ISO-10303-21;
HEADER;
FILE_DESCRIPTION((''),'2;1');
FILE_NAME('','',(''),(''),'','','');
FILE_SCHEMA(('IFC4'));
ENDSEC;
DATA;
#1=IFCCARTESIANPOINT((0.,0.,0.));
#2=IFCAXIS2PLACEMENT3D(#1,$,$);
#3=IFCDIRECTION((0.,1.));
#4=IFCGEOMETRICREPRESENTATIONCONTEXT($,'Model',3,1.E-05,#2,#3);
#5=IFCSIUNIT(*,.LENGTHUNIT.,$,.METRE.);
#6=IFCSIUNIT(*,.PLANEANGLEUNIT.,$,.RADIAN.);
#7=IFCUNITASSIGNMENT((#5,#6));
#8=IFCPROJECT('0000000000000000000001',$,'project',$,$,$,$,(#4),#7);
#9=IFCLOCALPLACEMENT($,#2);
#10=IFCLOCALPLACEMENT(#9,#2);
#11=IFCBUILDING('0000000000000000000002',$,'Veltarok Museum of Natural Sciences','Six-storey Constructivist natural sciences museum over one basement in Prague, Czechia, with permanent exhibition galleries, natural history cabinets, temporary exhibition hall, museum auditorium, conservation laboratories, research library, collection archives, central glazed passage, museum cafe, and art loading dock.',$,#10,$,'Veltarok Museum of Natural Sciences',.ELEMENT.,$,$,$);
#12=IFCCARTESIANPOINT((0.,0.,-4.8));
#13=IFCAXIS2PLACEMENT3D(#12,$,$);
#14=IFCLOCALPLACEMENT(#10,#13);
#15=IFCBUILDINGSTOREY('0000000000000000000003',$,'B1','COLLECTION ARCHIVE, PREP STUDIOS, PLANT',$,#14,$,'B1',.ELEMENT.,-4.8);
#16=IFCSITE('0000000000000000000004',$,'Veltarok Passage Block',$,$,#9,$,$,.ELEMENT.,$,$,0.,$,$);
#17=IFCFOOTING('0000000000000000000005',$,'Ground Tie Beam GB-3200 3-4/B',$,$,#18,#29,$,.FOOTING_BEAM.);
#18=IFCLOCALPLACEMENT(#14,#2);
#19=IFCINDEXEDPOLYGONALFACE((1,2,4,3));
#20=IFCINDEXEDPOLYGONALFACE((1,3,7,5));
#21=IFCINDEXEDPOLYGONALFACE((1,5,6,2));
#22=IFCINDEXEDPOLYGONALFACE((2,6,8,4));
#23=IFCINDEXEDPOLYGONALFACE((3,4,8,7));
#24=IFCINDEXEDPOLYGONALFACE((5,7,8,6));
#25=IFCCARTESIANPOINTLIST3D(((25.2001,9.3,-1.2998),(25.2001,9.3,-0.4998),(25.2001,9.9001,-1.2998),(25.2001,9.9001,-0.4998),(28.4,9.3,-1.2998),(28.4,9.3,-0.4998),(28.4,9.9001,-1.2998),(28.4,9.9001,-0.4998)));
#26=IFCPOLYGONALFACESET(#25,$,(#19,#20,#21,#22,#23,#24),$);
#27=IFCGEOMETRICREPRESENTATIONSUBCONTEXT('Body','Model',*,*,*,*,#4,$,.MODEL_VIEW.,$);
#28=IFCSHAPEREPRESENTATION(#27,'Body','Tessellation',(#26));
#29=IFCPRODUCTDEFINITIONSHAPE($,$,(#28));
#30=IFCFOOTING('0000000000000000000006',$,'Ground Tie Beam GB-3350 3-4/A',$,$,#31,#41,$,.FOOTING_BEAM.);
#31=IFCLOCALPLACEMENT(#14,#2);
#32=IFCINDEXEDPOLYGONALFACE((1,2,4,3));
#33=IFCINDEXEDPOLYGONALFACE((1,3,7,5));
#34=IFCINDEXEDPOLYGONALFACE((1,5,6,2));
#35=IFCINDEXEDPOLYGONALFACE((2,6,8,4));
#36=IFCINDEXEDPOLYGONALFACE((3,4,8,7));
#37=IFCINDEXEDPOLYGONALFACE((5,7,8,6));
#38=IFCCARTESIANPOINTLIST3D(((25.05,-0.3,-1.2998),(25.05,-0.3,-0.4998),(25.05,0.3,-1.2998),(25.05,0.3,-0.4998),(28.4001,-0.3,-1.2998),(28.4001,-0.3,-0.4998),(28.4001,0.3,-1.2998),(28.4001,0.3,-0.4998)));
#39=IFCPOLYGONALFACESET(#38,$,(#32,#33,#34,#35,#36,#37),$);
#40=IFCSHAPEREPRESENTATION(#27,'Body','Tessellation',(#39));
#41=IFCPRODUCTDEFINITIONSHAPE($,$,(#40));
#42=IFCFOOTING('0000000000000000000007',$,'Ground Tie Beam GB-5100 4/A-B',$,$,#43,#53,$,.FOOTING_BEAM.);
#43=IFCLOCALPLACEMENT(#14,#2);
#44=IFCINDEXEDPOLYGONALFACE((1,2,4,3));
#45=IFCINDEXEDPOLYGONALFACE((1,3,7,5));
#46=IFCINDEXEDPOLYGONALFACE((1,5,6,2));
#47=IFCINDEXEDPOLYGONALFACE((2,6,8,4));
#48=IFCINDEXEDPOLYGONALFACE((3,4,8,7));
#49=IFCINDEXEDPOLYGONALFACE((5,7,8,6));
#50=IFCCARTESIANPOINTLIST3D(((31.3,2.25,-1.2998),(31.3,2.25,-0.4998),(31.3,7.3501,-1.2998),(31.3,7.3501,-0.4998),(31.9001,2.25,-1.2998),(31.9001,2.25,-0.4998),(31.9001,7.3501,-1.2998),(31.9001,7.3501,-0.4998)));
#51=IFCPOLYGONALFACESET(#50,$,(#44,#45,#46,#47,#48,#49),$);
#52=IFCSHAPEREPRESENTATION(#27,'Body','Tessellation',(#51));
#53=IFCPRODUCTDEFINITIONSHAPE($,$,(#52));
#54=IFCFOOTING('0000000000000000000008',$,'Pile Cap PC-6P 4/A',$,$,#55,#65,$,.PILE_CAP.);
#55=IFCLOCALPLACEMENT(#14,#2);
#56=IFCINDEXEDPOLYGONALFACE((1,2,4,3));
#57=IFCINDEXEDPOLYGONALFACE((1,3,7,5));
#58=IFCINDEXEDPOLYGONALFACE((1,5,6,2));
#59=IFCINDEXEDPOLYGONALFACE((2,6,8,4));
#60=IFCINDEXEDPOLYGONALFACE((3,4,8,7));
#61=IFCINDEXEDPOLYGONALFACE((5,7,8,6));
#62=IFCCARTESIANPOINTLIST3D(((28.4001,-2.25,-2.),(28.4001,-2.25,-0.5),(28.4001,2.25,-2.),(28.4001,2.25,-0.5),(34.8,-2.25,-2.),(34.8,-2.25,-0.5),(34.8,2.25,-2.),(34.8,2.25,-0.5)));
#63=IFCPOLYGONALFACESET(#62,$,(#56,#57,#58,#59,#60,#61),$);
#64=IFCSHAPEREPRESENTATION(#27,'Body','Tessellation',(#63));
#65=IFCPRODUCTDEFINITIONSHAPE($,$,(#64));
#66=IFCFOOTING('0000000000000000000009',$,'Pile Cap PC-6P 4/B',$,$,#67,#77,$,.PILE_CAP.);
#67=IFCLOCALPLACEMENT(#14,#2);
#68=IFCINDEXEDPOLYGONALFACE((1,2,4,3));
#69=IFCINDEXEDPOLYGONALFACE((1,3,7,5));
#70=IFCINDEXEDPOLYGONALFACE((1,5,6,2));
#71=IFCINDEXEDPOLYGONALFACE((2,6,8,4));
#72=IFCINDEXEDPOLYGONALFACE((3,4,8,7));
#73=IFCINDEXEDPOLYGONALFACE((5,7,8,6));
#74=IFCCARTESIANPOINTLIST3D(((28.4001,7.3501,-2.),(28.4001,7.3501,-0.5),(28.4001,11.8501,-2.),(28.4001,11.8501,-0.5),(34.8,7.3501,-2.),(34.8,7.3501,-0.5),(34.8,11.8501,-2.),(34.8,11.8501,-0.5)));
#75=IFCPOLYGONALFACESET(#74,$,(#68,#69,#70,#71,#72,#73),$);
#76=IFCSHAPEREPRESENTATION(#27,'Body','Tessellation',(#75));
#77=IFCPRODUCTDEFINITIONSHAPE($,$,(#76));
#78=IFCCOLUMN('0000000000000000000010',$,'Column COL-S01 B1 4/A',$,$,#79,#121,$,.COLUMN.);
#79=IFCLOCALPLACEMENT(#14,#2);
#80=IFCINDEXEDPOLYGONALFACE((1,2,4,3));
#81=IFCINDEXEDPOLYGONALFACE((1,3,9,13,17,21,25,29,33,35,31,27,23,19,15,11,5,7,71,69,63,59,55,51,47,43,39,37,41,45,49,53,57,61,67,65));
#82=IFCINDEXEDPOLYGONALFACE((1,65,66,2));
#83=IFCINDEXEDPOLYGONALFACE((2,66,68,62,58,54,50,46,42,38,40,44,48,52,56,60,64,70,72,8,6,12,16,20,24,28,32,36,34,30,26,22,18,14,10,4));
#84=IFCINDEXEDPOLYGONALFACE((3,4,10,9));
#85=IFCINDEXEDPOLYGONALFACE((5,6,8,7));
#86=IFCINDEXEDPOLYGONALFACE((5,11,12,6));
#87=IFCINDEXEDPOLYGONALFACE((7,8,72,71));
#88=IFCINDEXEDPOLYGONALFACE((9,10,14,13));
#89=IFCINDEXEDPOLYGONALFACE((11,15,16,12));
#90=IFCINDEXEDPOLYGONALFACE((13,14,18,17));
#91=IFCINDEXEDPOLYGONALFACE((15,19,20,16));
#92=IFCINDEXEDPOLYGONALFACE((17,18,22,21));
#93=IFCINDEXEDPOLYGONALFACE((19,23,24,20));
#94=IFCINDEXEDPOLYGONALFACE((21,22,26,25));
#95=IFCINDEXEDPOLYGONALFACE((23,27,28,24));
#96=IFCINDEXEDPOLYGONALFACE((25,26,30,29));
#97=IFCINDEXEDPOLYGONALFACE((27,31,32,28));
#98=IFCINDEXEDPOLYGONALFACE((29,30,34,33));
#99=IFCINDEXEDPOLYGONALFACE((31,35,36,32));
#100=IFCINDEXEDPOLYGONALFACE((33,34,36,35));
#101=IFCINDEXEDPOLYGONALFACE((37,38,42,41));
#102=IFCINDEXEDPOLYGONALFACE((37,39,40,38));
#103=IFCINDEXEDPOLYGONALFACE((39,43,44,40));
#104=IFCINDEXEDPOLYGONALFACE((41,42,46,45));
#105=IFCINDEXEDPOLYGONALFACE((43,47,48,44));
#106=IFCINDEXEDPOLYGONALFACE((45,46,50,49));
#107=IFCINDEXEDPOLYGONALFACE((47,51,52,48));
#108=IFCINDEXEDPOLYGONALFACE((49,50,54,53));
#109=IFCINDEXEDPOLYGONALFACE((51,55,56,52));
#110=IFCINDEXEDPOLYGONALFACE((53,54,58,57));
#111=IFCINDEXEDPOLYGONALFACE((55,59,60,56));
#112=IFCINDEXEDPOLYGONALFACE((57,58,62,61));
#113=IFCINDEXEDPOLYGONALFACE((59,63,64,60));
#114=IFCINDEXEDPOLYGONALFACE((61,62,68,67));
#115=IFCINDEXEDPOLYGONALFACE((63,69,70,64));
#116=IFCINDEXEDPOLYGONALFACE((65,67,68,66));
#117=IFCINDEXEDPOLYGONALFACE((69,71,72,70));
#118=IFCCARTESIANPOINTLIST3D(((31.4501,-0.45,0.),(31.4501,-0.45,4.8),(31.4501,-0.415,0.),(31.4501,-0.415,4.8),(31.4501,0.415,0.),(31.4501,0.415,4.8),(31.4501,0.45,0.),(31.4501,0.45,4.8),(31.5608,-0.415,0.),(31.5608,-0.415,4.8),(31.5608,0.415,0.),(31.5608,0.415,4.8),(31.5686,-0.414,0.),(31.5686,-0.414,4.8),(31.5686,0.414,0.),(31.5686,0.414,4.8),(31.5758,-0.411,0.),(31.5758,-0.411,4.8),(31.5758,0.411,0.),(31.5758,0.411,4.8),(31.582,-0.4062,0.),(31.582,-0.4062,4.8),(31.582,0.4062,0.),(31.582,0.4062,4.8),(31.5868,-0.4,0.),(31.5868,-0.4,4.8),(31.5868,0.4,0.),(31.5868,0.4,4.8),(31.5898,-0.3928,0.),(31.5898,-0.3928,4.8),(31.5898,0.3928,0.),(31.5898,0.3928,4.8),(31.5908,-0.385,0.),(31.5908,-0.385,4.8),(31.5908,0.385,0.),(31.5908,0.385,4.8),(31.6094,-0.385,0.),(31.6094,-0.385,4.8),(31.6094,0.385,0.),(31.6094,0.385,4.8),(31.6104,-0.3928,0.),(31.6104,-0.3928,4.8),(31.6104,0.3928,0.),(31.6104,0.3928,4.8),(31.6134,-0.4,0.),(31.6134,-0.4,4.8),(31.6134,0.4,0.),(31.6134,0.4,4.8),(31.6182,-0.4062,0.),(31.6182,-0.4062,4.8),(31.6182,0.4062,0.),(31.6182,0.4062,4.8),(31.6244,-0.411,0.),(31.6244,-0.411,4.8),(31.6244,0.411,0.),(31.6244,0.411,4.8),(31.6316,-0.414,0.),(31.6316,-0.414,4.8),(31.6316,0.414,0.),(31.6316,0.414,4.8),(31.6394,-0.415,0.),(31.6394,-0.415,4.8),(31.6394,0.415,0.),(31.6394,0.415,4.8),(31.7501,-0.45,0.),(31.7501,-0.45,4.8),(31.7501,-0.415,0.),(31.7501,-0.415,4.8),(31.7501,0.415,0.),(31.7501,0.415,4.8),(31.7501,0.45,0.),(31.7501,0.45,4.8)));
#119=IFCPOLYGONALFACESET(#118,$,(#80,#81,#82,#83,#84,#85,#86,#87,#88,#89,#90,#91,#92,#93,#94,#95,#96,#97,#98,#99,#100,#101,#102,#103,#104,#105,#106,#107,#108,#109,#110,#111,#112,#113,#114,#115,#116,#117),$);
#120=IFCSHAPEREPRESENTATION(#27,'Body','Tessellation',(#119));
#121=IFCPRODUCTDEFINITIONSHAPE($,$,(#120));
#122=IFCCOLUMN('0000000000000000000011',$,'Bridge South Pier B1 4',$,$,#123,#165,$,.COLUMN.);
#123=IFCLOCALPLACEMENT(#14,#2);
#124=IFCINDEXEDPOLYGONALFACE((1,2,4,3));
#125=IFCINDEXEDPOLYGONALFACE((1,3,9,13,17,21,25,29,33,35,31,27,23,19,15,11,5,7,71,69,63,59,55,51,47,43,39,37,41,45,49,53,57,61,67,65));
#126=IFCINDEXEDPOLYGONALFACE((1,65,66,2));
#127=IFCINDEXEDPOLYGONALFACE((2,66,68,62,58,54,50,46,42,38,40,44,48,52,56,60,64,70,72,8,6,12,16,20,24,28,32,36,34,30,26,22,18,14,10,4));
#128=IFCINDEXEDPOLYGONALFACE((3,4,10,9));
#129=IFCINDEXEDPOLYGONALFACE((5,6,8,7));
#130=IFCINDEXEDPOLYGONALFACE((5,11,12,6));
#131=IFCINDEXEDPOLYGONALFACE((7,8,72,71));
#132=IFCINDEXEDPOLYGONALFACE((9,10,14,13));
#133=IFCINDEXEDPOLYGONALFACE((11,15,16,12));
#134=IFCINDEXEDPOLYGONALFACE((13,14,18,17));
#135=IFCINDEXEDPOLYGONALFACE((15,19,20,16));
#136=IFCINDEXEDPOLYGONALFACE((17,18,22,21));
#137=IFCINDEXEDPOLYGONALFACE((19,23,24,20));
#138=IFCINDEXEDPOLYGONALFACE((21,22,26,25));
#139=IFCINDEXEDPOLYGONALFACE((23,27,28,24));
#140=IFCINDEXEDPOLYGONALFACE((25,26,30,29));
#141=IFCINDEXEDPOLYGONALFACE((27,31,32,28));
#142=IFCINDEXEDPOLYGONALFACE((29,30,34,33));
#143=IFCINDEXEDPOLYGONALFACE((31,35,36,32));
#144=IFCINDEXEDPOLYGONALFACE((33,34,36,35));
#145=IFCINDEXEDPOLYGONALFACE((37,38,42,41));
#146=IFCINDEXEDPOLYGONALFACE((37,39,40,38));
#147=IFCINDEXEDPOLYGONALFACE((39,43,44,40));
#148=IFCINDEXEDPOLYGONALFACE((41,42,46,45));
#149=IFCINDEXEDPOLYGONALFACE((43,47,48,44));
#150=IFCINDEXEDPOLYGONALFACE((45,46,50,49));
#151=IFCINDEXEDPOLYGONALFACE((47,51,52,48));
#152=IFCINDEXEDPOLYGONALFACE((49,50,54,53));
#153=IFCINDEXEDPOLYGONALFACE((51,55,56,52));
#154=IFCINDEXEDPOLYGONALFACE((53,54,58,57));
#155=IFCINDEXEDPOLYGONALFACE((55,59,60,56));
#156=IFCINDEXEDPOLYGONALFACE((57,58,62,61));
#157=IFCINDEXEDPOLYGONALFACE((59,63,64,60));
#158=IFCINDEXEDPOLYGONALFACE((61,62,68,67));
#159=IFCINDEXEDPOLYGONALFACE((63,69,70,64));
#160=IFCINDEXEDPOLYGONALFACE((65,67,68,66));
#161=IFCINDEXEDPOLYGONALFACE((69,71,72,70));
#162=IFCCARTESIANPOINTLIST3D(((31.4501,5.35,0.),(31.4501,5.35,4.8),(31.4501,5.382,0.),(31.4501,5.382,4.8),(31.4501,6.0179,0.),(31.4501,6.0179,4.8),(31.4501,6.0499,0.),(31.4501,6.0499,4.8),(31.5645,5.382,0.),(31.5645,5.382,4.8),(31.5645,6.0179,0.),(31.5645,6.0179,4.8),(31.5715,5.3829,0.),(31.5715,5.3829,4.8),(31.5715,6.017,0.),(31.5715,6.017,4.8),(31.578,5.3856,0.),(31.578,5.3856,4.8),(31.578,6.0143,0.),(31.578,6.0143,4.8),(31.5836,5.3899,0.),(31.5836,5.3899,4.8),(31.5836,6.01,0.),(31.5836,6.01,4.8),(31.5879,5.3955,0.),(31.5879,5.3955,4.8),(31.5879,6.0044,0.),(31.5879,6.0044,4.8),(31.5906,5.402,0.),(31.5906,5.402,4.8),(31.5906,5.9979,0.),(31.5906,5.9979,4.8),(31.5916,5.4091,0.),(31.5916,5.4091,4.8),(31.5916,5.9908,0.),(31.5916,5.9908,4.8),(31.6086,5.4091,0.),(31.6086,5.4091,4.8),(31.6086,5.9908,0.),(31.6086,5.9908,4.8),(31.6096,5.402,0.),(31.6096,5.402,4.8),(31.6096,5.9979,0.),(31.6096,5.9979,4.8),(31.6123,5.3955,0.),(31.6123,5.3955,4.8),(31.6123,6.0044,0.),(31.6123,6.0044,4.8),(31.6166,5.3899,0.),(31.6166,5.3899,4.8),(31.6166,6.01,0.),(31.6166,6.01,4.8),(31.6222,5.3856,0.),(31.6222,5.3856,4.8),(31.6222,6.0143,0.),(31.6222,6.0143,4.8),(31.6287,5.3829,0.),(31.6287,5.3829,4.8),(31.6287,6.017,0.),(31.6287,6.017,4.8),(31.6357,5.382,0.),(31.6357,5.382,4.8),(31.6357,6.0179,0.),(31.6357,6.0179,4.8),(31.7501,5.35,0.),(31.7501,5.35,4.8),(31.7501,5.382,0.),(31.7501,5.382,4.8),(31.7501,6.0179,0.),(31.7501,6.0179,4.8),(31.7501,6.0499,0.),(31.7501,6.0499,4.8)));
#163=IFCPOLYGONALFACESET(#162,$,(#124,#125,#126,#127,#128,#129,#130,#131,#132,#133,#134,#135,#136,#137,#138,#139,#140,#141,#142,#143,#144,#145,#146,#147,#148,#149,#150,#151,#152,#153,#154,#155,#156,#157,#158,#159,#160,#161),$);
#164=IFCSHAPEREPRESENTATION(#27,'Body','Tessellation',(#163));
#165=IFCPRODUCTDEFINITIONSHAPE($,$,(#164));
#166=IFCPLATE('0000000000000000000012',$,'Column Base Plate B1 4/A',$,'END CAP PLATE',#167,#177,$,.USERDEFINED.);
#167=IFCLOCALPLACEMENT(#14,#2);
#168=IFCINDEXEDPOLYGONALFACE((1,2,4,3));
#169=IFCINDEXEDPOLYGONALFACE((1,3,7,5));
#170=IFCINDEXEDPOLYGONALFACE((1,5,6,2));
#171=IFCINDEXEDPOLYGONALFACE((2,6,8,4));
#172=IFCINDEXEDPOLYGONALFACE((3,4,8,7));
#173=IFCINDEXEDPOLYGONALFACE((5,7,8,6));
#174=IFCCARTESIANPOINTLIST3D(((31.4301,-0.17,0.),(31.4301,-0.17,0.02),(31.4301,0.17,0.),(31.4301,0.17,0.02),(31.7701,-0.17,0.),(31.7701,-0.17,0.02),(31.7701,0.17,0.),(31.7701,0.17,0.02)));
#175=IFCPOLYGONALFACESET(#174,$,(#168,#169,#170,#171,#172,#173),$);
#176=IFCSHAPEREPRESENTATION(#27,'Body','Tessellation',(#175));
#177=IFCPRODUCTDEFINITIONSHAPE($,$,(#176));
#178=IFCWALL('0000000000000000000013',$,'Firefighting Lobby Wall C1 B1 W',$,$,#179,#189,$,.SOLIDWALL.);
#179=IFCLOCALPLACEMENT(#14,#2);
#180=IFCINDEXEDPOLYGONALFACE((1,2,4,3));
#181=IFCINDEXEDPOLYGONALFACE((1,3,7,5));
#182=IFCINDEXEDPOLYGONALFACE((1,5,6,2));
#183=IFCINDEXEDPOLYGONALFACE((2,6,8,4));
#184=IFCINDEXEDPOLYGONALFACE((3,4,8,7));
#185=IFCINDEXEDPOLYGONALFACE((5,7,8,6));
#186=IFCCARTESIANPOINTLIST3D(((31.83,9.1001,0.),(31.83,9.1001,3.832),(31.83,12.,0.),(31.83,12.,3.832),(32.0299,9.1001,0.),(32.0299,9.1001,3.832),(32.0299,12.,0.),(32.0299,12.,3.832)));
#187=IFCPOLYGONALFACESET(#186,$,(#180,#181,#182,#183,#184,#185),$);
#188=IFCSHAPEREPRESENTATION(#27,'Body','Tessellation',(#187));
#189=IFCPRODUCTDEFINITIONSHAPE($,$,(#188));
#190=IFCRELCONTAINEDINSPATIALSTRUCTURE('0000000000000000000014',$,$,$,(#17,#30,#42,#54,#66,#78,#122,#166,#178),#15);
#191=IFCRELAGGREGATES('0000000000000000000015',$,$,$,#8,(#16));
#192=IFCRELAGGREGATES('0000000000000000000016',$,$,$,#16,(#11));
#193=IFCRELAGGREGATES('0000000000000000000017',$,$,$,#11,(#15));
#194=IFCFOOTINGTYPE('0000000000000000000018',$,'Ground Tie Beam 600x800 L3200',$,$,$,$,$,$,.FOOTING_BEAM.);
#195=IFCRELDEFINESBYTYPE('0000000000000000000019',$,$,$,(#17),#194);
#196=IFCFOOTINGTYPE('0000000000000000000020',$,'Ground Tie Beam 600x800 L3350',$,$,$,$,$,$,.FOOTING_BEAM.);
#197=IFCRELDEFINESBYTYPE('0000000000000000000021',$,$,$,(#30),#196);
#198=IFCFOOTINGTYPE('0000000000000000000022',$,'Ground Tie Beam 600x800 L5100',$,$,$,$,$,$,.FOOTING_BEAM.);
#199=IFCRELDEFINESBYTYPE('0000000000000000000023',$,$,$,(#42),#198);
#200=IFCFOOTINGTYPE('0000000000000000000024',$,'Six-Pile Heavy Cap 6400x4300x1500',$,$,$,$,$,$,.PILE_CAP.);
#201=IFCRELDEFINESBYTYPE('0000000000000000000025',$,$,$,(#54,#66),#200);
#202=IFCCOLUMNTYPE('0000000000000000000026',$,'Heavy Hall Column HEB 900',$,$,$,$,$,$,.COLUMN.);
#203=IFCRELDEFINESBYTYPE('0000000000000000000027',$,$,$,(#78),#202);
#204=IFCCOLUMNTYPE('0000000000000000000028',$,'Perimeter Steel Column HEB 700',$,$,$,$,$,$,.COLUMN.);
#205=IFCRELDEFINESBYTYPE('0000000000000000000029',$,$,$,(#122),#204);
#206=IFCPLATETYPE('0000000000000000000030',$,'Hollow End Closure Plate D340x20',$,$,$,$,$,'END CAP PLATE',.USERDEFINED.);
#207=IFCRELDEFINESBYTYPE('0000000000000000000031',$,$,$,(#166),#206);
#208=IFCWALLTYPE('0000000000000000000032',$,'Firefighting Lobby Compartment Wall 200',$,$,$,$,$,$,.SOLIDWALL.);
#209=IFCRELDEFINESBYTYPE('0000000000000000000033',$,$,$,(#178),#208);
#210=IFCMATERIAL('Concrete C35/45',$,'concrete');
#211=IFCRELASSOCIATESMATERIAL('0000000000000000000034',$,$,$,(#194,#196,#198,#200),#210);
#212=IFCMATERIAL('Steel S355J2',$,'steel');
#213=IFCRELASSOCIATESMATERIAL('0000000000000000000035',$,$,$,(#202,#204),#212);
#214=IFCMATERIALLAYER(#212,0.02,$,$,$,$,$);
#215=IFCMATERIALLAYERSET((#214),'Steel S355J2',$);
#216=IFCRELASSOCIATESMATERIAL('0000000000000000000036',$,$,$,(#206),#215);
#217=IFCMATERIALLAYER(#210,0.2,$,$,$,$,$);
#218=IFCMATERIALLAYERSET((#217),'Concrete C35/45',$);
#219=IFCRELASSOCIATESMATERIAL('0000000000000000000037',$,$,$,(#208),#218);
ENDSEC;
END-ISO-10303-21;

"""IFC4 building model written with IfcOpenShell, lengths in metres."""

from ifc_helpers import new_model, si_unit, direction, frame, frame_2d, origin, origin_2d, place, context, subcontext, project, spatial, rectangle, i_section, extrude, material, layer, layer_set, material_profile, profile_set, type_object, element, save


model = new_model("IFC4")

# Units and contexts
model_context = context("Model", 3, precision=1e-05, world=origin(), true_north=direction((0.0, 1.0)))
body_context = subcontext(model_context, "Body", "Model", "MODEL_VIEW")
ifc_project = project(units=[si_unit("LENGTHUNIT", "METRE"), si_unit("PLANEANGLEUNIT", "RADIAN")], contexts=[model_context])

# Site, building, storey
site_placement = place(None, origin())
site = spatial("IfcSite", under=ifc_project, at=site_placement, Name="Veltarok Passage Block", CompositionType="ELEMENT", RefElevation=0.0)
building_placement = place(site_placement, origin())
building = spatial("IfcBuilding", under=site, at=building_placement, Name="Veltarok Museum of Natural Sciences", Description="Six-storey Constructivist natural sciences museum over one basement in Prague, Czechia, with permanent exhibition galleries, natural history cabinets, temporary exhibition hall, museum auditorium, conservation laboratories, research library, collection archives, central glazed passage, museum cafe, and art loading dock.", LongName="Veltarok Museum of Natural Sciences", CompositionType="ELEMENT")
storey_placement = place(building_placement, frame((0.0, 0.0, -4.8)))
storey = spatial("IfcBuildingStorey", under=building, at=storey_placement, Name="B1", Description="COLLECTION ARCHIVE, PREP STUDIOS, PLANT", LongName="B1", CompositionType="ELEMENT", Elevation=-4.8)

# Shared definitions
ifc_material_1 = material(Name="Concrete C35/45", Category="concrete")

# Footings
footing_type_1 = type_object("IfcFootingType", Name="Ground Tie Beam 600x800 L3200", PredefinedType="FOOTING_BEAM", material=ifc_material_1)
footing_1_placement = place(storey_placement, frame((26.8, 9.6001, -1.2998), z_axis=(0.0, 0.0, 1.0), x_axis=(1.0, 0.0, 0.0)))
element("IfcFooting", 1, at=footing_1_placement, inside=storey, type_object=footing_type_1, Name="Ground Tie Beam GB-3200 3-4/B", PredefinedType="FOOTING_BEAM", context=body_context, shape_type="SweptSolid", body=[
    extrude(rectangle(XDim=3.2, YDim=0.6001, at=origin_2d()), origin(), (0.0, 0.0, 1.0), 0.8),
])
footing_type_2 = type_object("IfcFootingType", Name="Ground Tie Beam 600x800 L3350", PredefinedType="FOOTING_BEAM", material=ifc_material_1)
footing_2_placement = place(storey_placement, frame((26.7251, 0.0, -1.2998), z_axis=(0.0, 0.0, 1.0), x_axis=(1.0, 0.0, 0.0)))
element("IfcFooting", 2, at=footing_2_placement, inside=storey, type_object=footing_type_2, Name="Ground Tie Beam GB-3350 3-4/A", PredefinedType="FOOTING_BEAM", context=body_context, shape_type="SweptSolid", body=[
    extrude(rectangle(XDim=3.3501, YDim=0.6001, at=origin_2d()), origin(), (0.0, 0.0, 1.0), 0.8),
])
footing_type_3 = type_object("IfcFootingType", Name="Ground Tie Beam 600x800 L5100", PredefinedType="FOOTING_BEAM", material=ifc_material_1)
footing_3_placement = place(storey_placement, frame((31.6001, 4.8, -1.2998), z_axis=(0.0, 0.0, 1.0), x_axis=(0.0, 1.0, 0.0)))
element("IfcFooting", 3, at=footing_3_placement, inside=storey, type_object=footing_type_3, Name="Ground Tie Beam GB-5100 4/A-B", PredefinedType="FOOTING_BEAM", context=body_context, shape_type="SweptSolid", body=[
    extrude(rectangle(XDim=5.1001, YDim=0.6001, at=origin_2d()), origin(), (0.0, 0.0, 1.0), 0.8),
])
footing_type_4 = type_object("IfcFootingType", Name="Six-Pile Heavy Cap 6400x4300x1500", PredefinedType="PILE_CAP", material=ifc_material_1)
for number, where, z_axis, x_axis, name in (
    (4, (31.6001, 0.0, -2.0), (0.0, 0.0, 1.0), (1.0, 0.0, 0.0), "Pile Cap PC-6P 4/A"),
    (5, (31.6001, 9.6001, -2.0), (0.0, 0.0, 1.0), (1.0, 0.0, 0.0), "Pile Cap PC-6P 4/B"),
):
    element("IfcFooting", number, at=place(storey_placement, frame(where, z_axis=z_axis, x_axis=x_axis)), inside=storey, type_object=footing_type_4, Name=name, PredefinedType="PILE_CAP", context=body_context, shape_type="SweptSolid", body=[
        extrude(rectangle(XDim=6.3999, YDim=4.5, at=origin_2d()), origin(), (0.0, 0.0, 1.0), 1.5),
    ])

# Columns
ifc_material_2 = material(Name="Steel S355J2", Category="steel")
ifc_material_profile_1 = material_profile(ifc_material_2, i_section(OverallWidth=0.3, OverallDepth=0.8999, WebThickness=0.0186, FlangeThickness=0.0349, FilletRadius=0.03, at=origin_2d()), Name="HEB 900")
ifc_profile_set_1 = profile_set([ifc_material_profile_1], Name="Steel S355J2")
column_type_1 = type_object("IfcColumnType", Name="Heavy Hall Column HEB 900", PredefinedType="COLUMN", material=ifc_profile_set_1)
column_1_placement = place(storey_placement, frame((31.6001, 0.0, 0.0), z_axis=(0.0, 0.0, 1.0), x_axis=(1.0, 0.0, 0.0)))
element("IfcColumn", 6, at=column_1_placement, inside=storey, type_object=column_type_1, Name="Column COL-S01 B1 4/A", PredefinedType="COLUMN", context=body_context, shape_type="SweptSolid", body=[
    extrude(i_section(OverallWidth=0.3, OverallDepth=0.8999, WebThickness=0.0186, FlangeThickness=0.0349, FilletRadius=0.03, at=origin_2d()), origin(), (0.0, 0.0, 1.0), 4.8),
])
ifc_material_profile_2 = material_profile(ifc_material_2, i_section(OverallWidth=0.3, OverallDepth=0.7, WebThickness=0.0171, FlangeThickness=0.032, FilletRadius=0.0271, at=origin_2d()), Name="HEB 700")
ifc_profile_set_2 = profile_set([ifc_material_profile_2], Name="Steel S355J2")
column_type_2 = type_object("IfcColumnType", Name="Perimeter Steel Column HEB 700", PredefinedType="COLUMN", material=ifc_profile_set_2)
column_2_placement = place(storey_placement, frame((31.6001, 5.7, 0.0), z_axis=(0.0, 0.0, 1.0), x_axis=(1.0, 0.0, 0.0)))
element("IfcColumn", 7, at=column_2_placement, inside=storey, type_object=column_type_2, Name="Bridge South Pier B1 4", PredefinedType="COLUMN", context=body_context, shape_type="SweptSolid", body=[
    extrude(i_section(OverallWidth=0.3, OverallDepth=0.7, WebThickness=0.0171, FlangeThickness=0.032, FilletRadius=0.0271, at=origin_2d()), origin(), (0.0, 0.0, 1.0), 4.8),
])

# Plate
ifc_layer_1 = layer(ifc_material_2, 0.02)
ifc_layer_set_1 = layer_set([ifc_layer_1], Name="Steel S355J2")
plate_type = type_object("IfcPlateType", Name="Hollow End Closure Plate D340x20", ElementType="END CAP PLATE", PredefinedType="USERDEFINED", material=ifc_layer_set_1)
plate_placement = place(storey_placement, frame((31.6001, 0.0, 0.0), z_axis=(0.0, 0.0, 1.0), x_axis=(1.0, 0.0, 0.0)))
element("IfcPlate", 8, at=plate_placement, inside=storey, type_object=plate_type, Name="Column Base Plate B1 4/A", ObjectType="END CAP PLATE", PredefinedType="USERDEFINED", context=body_context, shape_type="SweptSolid", body=[
    extrude(rectangle(XDim=0.3401, YDim=0.3401, at=origin_2d()), origin(), (0.0, 0.0, 1.0), 0.02),
])

# Wall
ifc_layer_2 = layer(ifc_material_1, 0.2)
ifc_layer_set_2 = layer_set([ifc_layer_2], Name="Concrete C35/45")
wall_type_1 = type_object("IfcWallType", Name="Firefighting Lobby Compartment Wall 200", PredefinedType="SOLIDWALL", material=ifc_layer_set_2)
wall_1_placement = place(storey_placement, frame((31.9299, 9.1001, 0.0), z_axis=(0.0, 0.0, 1.0), x_axis=(0.0, 1.0, 0.0)))
element("IfcWall", 9, at=wall_1_placement, inside=storey, type_object=wall_type_1, Name="Firefighting Lobby Wall C1 B1 W", PredefinedType="SOLIDWALL", context=body_context, shape_type="SweptSolid", body=[
    extrude(rectangle(XDim=2.8999, YDim=0.2, at=frame_2d((1.45, 0.0))), origin(), (0.0, 0.0, 1.0), 3.832),
])

save(model, "model.ifc")
